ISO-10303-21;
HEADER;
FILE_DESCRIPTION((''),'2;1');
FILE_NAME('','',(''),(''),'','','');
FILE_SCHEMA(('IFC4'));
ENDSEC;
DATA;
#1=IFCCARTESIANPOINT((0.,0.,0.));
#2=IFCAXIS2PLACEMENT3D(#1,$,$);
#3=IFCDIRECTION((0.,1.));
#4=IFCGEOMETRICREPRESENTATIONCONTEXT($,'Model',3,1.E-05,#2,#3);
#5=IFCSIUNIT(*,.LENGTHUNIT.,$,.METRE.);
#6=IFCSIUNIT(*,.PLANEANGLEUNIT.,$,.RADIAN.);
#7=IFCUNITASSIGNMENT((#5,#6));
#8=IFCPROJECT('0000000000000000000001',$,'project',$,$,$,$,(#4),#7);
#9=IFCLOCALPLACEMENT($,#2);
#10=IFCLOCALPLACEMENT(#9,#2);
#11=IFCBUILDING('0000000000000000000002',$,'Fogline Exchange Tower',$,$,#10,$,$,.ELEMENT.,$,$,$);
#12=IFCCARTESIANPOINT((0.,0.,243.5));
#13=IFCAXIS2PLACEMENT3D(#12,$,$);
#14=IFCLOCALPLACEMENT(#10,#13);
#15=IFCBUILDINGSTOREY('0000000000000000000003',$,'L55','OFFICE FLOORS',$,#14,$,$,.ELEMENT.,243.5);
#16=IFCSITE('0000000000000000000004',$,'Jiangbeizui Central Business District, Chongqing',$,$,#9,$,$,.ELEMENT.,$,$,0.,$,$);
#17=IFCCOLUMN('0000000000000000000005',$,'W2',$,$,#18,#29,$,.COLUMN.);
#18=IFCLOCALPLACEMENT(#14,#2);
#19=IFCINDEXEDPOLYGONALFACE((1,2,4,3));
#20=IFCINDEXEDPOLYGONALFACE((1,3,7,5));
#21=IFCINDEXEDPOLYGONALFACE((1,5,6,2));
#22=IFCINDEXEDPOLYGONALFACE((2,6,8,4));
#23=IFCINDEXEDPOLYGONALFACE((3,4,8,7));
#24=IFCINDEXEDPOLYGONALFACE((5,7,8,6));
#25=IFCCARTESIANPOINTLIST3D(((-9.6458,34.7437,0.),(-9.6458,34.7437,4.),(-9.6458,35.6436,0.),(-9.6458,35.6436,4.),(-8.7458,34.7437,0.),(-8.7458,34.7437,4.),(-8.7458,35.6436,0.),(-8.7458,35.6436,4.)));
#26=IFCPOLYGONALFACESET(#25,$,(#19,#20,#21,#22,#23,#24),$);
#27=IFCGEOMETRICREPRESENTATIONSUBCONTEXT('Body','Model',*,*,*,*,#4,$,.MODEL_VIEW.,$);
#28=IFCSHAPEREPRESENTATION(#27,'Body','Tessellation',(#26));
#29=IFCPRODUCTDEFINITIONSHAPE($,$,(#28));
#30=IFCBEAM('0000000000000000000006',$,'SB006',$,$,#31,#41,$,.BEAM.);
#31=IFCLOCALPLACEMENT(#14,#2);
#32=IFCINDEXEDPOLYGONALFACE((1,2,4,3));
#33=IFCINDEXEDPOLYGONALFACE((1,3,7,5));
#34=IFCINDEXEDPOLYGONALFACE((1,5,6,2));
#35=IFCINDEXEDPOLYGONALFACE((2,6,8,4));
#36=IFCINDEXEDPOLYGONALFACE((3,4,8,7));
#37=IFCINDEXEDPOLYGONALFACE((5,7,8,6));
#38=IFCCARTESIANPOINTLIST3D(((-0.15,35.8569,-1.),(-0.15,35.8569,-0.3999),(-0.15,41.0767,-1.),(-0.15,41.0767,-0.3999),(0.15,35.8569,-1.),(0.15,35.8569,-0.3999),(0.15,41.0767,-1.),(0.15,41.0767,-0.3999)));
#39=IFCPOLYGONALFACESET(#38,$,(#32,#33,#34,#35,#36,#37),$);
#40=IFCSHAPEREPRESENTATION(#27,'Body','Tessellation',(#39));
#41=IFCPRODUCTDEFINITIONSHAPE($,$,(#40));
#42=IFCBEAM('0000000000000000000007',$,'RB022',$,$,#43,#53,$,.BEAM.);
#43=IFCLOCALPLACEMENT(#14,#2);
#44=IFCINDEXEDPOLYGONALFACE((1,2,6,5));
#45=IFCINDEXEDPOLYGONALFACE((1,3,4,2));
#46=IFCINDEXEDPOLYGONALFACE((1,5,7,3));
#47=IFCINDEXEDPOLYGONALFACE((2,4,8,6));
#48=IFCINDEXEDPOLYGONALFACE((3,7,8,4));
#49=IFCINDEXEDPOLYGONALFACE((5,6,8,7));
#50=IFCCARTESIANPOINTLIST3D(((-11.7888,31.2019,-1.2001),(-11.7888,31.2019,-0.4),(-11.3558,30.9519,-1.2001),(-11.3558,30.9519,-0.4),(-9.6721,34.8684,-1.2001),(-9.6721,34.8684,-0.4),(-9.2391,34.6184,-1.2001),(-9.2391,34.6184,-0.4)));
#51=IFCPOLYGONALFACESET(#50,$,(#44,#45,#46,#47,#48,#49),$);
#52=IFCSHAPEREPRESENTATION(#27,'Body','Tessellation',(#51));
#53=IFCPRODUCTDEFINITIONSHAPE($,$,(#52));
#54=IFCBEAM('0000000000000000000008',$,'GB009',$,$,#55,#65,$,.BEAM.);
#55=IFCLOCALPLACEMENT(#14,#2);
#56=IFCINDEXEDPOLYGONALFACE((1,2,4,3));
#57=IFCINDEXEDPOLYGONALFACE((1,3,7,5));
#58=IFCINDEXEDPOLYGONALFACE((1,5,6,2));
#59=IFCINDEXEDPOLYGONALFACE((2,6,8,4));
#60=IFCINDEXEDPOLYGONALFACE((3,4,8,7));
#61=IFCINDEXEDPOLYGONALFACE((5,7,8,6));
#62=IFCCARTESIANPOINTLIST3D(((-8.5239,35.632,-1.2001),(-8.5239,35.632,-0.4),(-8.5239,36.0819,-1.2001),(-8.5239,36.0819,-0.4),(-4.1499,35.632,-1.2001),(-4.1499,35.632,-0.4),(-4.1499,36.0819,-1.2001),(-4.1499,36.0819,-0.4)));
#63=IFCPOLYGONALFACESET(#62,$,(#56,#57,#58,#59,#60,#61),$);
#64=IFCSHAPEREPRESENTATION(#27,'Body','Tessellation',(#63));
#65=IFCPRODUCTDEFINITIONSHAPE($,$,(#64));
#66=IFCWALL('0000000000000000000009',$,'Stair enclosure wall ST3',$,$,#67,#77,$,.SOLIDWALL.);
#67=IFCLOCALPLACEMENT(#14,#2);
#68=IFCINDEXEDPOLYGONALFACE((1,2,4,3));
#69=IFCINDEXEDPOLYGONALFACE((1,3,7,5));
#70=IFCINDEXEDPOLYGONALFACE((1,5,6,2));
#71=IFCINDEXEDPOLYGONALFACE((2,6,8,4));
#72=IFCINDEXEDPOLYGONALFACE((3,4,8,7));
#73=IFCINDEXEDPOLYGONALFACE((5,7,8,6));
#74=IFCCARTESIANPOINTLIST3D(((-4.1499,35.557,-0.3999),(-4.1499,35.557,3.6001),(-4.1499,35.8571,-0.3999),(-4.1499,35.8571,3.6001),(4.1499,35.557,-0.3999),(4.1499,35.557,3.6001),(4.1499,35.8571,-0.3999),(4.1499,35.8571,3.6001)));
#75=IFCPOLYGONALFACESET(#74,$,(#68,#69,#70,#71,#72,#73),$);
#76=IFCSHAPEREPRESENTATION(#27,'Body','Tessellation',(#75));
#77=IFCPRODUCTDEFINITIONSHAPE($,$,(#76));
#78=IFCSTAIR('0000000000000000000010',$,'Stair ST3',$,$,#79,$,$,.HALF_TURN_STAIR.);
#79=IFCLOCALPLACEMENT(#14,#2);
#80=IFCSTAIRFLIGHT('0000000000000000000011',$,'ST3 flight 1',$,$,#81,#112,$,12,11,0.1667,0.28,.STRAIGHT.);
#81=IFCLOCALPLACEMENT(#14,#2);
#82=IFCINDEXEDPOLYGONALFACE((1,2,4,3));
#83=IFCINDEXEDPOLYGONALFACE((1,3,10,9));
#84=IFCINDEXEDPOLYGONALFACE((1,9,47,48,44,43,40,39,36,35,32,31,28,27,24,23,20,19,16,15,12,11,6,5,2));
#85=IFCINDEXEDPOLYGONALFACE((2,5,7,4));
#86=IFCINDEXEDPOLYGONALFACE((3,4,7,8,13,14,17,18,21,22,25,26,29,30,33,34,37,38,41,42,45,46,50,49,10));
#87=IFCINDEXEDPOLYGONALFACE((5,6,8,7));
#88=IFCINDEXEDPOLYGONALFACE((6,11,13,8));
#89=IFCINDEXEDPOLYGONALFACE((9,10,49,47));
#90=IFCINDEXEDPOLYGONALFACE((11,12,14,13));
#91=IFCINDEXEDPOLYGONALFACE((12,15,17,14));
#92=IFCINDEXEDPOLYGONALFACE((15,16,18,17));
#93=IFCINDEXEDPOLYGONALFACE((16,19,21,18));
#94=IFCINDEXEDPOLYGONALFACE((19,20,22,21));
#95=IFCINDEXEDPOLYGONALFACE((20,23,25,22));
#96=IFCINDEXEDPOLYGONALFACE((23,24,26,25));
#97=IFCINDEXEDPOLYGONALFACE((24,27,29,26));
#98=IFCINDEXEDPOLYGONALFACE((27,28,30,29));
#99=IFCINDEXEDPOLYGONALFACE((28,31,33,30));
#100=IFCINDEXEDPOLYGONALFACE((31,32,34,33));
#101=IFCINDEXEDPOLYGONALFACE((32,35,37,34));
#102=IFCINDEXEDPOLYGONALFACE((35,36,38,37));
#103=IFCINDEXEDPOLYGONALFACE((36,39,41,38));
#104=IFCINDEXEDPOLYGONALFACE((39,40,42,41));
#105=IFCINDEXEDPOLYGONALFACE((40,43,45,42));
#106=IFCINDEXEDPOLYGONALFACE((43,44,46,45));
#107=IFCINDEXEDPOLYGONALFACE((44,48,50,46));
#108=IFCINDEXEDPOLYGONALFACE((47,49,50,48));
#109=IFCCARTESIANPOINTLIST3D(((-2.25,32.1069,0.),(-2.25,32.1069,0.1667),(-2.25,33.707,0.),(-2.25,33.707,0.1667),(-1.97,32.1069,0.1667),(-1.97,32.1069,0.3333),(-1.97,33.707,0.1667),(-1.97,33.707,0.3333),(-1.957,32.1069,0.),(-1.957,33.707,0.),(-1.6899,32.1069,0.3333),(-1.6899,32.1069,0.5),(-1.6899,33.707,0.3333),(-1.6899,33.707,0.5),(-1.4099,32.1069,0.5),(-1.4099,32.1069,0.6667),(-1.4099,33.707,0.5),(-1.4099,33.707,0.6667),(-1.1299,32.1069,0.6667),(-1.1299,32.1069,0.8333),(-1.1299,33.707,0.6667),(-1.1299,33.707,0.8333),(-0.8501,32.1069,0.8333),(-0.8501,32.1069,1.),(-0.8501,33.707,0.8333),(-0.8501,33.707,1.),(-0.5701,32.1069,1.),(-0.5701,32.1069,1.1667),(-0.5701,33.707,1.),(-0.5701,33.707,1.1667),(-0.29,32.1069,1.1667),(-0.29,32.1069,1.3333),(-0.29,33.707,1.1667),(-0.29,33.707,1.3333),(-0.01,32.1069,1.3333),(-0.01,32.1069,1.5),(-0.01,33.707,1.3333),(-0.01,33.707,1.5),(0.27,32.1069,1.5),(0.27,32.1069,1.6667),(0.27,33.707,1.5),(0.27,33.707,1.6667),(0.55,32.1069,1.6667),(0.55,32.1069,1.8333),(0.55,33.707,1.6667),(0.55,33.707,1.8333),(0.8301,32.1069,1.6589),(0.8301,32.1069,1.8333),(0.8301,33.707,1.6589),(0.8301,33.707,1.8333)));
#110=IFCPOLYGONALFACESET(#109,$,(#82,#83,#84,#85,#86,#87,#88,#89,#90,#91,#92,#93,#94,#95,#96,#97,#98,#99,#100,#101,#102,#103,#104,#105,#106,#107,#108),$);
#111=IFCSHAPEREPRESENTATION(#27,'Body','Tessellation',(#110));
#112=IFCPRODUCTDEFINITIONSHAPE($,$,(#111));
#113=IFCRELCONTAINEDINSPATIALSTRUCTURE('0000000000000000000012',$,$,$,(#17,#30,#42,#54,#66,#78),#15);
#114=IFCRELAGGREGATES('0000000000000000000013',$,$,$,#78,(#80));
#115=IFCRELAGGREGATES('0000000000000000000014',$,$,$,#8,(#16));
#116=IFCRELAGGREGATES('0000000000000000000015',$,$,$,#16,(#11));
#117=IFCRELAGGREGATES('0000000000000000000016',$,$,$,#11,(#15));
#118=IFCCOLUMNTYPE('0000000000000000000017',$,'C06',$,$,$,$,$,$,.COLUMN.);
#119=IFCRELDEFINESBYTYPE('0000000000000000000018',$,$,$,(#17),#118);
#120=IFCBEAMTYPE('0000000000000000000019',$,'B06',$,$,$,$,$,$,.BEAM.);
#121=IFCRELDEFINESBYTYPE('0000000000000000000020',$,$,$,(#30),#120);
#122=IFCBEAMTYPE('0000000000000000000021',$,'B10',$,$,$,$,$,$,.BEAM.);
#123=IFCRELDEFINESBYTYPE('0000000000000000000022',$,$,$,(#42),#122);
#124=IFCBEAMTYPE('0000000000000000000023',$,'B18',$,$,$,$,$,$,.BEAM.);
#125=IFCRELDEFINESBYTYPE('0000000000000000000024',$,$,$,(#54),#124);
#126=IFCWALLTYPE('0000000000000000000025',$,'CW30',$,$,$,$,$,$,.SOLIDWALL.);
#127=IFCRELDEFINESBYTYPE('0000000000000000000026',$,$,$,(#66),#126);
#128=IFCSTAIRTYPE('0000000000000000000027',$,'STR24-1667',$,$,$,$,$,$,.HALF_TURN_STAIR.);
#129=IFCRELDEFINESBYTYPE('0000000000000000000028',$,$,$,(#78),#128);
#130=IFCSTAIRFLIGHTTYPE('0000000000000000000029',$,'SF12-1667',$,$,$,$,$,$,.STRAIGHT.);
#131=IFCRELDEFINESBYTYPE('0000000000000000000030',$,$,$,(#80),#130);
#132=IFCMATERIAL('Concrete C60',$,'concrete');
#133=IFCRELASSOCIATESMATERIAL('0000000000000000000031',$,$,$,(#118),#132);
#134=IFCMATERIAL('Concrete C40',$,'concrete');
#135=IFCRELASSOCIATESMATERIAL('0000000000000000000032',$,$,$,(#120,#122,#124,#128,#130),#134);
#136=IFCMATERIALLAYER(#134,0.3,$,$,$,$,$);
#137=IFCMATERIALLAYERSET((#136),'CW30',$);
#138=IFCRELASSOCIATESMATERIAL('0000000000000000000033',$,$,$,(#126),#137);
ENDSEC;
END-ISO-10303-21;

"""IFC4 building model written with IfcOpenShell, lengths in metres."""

from ifc_helpers import new_model, si_unit, direction, frame, frame_2d, origin, origin_2d, place, context, subcontext, project, spatial, polyline, rectangle, outline, extrude, material, layer, layer_set, material_profile, profile_set, type_object, element, aggregate, save


model = new_model("IFC4")

# Units and contexts
model_context = context("Model", 3, precision=1e-05, world=origin(), true_north=direction((0.0, 1.0)))
body_context = subcontext(model_context, "Body", "Model", "MODEL_VIEW")
ifc_project = project(units=[si_unit("LENGTHUNIT", "METRE"), si_unit("PLANEANGLEUNIT", "RADIAN")], contexts=[model_context])

# Site, building, storey
site_placement = place(None, origin())
site = spatial("IfcSite", under=ifc_project, at=site_placement, Name="Jiangbeizui Central Business District, Chongqing", CompositionType="ELEMENT", RefElevation=0.0)
building_placement = place(site_placement, origin())
building = spatial("IfcBuilding", under=site, at=building_placement, Name="Fogline Exchange Tower", CompositionType="ELEMENT")
storey_placement = place(building_placement, frame((0.0, 0.0, 243.5)))
storey = spatial("IfcBuildingStorey", under=building, at=storey_placement, Name="L55", Description="OFFICE FLOORS", CompositionType="ELEMENT", Elevation=243.5)

# Column
ifc_material_1 = material(Name="Concrete C60", Category="concrete")
ifc_material_profile_1 = material_profile(ifc_material_1, rectangle(XDim=0.8999, YDim=0.8999, at=origin_2d()), Name="RC 900x900")
ifc_profile_set_1 = profile_set([ifc_material_profile_1], Name="Concrete C60")
column_type = type_object("IfcColumnType", Name="C06", PredefinedType="COLUMN", material=ifc_profile_set_1)
column_placement = place(storey_placement, frame((-9.1958, 35.1936, 0.0), z_axis=(0.0, 0.0, 1.0), x_axis=(1.0, 0.0, 0.0)))
element("IfcColumn", 1, at=column_placement, inside=storey, type_object=column_type, Name="W2", PredefinedType="COLUMN", context=body_context, shape_type="SweptSolid", body=[
    extrude(rectangle(XDim=0.8999, YDim=0.8999, at=origin_2d()), origin(), (0.0, 0.0, 1.0), 4.0),
])

# Beams
ifc_material_2 = material(Name="Concrete C40", Category="concrete")
ifc_material_profile_2 = material_profile(ifc_material_2, rectangle(XDim=0.3, YDim=0.6001, at=origin_2d()), Name="RC 300x600")
ifc_profile_set_2 = profile_set([ifc_material_profile_2], Name="Concrete C40")
beam_type_1 = type_object("IfcBeamType", Name="B06", PredefinedType="BEAM", material=ifc_profile_set_2)
beam_1_placement = place(storey_placement, frame((0.0, 35.8569, -0.7), z_axis=(0.0, 1.0, 0.0), x_axis=(-1.0, 0.0, 0.0)))
element("IfcBeam", 2, at=beam_1_placement, inside=storey, type_object=beam_type_1, Name="SB006", PredefinedType="BEAM", context=body_context, shape_type="SweptSolid", body=[
    extrude(rectangle(XDim=0.3, YDim=0.6001, at=origin_2d()), origin(), (0.0, 0.0, 1.0), 5.2197),
])
ifc_material_profile_3 = material_profile(ifc_material_2, rectangle(XDim=0.5, YDim=0.8, at=origin_2d()), Name="RC 500x800")
ifc_profile_set_3 = profile_set([ifc_material_profile_3], Name="Concrete C40")
beam_type_2 = type_object("IfcBeamType", Name="B10", PredefinedType="BEAM", material=ifc_profile_set_3)
beam_2_placement = place(storey_placement, frame((-9.4556, 34.7434, -0.8), z_axis=(-0.499972, -0.866042, 0.0), x_axis=(0.866042, -0.499972, 0.0)))
element("IfcBeam", 3, at=beam_2_placement, inside=storey, type_object=beam_type_2, Name="RB022", PredefinedType="BEAM", context=body_context, shape_type="SweptSolid", body=[
    extrude(rectangle(XDim=0.5, YDim=0.8, at=origin_2d()), origin(), (0.0, 0.0, 1.0), 4.2336),
])
ifc_material_profile_4 = material_profile(ifc_material_2, rectangle(XDim=0.45, YDim=0.8, at=origin_2d()), Name="RC 450x800")
ifc_profile_set_4 = profile_set([ifc_material_profile_4], Name="Concrete C40")
beam_type_3 = type_object("IfcBeamType", Name="B18", PredefinedType="BEAM", material=ifc_profile_set_4)
beam_3_placement = place(storey_placement, frame((-8.5239, 35.8569, -0.8), z_axis=(1.0, 0.0, 0.0), x_axis=(0.0, 1.0, 0.0)))
element("IfcBeam", 4, at=beam_3_placement, inside=storey, type_object=beam_type_3, Name="GB009", PredefinedType="BEAM", context=body_context, shape_type="SweptSolid", body=[
    extrude(rectangle(XDim=0.45, YDim=0.8, at=origin_2d()), origin(), (0.0, 0.0, 1.0), 4.374),
])

# Wall
ifc_layer = layer(ifc_material_2, 0.3)
ifc_layer_set = layer_set([ifc_layer], Name="CW30")
wall_type = type_object("IfcWallType", Name="CW30", PredefinedType="SOLIDWALL", material=ifc_layer_set)
wall_placement = place(storey_placement, frame((-4.1499, 35.707, -0.3999), z_axis=(0.0, 0.0, 1.0), x_axis=(1.0, 0.0, 0.0)))
element("IfcWall", 5, at=wall_placement, inside=storey, type_object=wall_type, Name="Stair enclosure wall ST3", PredefinedType="SOLIDWALL", context=body_context, shape_type="SweptSolid", body=[
    extrude(rectangle(XDim=8.2998, YDim=0.3, at=frame_2d((4.1499, 0.0))), origin(), (0.0, 0.0, 1.0), 4.0),
])

# Stair, stair flight
stair_type = type_object("IfcStairType", Name="STR24-1667", PredefinedType="HALF_TURN_STAIR", material=ifc_material_2)
stair_placement = place(storey_placement, origin())
stair = element("IfcStair", 6, at=stair_placement, inside=storey, type_object=stair_type, Name="Stair ST3", PredefinedType="HALF_TURN_STAIR")
stair_flight_type = type_object("IfcStairFlightType", Name="SF12-1667", PredefinedType="STRAIGHT", material=ifc_material_2)
stair_flight_placement = place(storey_placement, frame((-2.25, 32.907, 0.0), z_axis=(0.0, 0.0, 1.0), x_axis=(1.0, 0.0, 0.0)))
stair_flight = element("IfcStairFlight", 7, at=stair_flight_placement, type_object=stair_flight_type, Name="ST3 flight 1", NumberOfRisers=12, NumberOfTreads=11, PredefinedType="STRAIGHT", RiserHeight=0.1667, TreadLength=0.28, context=body_context, shape_type="SweptSolid", body=[
    extrude(outline(polyline([(0.0, 0.0), (0.0, 0.1667), (0.28, 0.1667), (0.28, 0.3333), (0.5601, 0.3333), (0.5601, 0.5), (0.8401, 0.5), (0.8401, 0.6667), (1.1201, 0.6667), (1.1201, 0.8333), (1.3999, 0.8333), (1.3999, 1.0), (1.6799, 1.0), (1.6799, 1.1667), (1.96, 1.1667), (1.96, 1.3333), (2.24, 1.3333), (2.24, 1.5), (2.52, 1.5), (2.52, 1.6667), (2.8, 1.6667), (2.8, 1.8333), (3.0801, 1.8333), (3.0801, 2.0), (3.0801, 1.6589), (0.293, 0.0), (0.0, 0.0)])), frame((0.0, 0.8, 0.0), z_axis=(0.0, -1.0, 0.0), x_axis=(1.0, 0.0, 0.0)), (0.0, 0.0, 1.0), 1.6001),
])
aggregate(stair, [stair_flight])

save(model, "model.ifc")
